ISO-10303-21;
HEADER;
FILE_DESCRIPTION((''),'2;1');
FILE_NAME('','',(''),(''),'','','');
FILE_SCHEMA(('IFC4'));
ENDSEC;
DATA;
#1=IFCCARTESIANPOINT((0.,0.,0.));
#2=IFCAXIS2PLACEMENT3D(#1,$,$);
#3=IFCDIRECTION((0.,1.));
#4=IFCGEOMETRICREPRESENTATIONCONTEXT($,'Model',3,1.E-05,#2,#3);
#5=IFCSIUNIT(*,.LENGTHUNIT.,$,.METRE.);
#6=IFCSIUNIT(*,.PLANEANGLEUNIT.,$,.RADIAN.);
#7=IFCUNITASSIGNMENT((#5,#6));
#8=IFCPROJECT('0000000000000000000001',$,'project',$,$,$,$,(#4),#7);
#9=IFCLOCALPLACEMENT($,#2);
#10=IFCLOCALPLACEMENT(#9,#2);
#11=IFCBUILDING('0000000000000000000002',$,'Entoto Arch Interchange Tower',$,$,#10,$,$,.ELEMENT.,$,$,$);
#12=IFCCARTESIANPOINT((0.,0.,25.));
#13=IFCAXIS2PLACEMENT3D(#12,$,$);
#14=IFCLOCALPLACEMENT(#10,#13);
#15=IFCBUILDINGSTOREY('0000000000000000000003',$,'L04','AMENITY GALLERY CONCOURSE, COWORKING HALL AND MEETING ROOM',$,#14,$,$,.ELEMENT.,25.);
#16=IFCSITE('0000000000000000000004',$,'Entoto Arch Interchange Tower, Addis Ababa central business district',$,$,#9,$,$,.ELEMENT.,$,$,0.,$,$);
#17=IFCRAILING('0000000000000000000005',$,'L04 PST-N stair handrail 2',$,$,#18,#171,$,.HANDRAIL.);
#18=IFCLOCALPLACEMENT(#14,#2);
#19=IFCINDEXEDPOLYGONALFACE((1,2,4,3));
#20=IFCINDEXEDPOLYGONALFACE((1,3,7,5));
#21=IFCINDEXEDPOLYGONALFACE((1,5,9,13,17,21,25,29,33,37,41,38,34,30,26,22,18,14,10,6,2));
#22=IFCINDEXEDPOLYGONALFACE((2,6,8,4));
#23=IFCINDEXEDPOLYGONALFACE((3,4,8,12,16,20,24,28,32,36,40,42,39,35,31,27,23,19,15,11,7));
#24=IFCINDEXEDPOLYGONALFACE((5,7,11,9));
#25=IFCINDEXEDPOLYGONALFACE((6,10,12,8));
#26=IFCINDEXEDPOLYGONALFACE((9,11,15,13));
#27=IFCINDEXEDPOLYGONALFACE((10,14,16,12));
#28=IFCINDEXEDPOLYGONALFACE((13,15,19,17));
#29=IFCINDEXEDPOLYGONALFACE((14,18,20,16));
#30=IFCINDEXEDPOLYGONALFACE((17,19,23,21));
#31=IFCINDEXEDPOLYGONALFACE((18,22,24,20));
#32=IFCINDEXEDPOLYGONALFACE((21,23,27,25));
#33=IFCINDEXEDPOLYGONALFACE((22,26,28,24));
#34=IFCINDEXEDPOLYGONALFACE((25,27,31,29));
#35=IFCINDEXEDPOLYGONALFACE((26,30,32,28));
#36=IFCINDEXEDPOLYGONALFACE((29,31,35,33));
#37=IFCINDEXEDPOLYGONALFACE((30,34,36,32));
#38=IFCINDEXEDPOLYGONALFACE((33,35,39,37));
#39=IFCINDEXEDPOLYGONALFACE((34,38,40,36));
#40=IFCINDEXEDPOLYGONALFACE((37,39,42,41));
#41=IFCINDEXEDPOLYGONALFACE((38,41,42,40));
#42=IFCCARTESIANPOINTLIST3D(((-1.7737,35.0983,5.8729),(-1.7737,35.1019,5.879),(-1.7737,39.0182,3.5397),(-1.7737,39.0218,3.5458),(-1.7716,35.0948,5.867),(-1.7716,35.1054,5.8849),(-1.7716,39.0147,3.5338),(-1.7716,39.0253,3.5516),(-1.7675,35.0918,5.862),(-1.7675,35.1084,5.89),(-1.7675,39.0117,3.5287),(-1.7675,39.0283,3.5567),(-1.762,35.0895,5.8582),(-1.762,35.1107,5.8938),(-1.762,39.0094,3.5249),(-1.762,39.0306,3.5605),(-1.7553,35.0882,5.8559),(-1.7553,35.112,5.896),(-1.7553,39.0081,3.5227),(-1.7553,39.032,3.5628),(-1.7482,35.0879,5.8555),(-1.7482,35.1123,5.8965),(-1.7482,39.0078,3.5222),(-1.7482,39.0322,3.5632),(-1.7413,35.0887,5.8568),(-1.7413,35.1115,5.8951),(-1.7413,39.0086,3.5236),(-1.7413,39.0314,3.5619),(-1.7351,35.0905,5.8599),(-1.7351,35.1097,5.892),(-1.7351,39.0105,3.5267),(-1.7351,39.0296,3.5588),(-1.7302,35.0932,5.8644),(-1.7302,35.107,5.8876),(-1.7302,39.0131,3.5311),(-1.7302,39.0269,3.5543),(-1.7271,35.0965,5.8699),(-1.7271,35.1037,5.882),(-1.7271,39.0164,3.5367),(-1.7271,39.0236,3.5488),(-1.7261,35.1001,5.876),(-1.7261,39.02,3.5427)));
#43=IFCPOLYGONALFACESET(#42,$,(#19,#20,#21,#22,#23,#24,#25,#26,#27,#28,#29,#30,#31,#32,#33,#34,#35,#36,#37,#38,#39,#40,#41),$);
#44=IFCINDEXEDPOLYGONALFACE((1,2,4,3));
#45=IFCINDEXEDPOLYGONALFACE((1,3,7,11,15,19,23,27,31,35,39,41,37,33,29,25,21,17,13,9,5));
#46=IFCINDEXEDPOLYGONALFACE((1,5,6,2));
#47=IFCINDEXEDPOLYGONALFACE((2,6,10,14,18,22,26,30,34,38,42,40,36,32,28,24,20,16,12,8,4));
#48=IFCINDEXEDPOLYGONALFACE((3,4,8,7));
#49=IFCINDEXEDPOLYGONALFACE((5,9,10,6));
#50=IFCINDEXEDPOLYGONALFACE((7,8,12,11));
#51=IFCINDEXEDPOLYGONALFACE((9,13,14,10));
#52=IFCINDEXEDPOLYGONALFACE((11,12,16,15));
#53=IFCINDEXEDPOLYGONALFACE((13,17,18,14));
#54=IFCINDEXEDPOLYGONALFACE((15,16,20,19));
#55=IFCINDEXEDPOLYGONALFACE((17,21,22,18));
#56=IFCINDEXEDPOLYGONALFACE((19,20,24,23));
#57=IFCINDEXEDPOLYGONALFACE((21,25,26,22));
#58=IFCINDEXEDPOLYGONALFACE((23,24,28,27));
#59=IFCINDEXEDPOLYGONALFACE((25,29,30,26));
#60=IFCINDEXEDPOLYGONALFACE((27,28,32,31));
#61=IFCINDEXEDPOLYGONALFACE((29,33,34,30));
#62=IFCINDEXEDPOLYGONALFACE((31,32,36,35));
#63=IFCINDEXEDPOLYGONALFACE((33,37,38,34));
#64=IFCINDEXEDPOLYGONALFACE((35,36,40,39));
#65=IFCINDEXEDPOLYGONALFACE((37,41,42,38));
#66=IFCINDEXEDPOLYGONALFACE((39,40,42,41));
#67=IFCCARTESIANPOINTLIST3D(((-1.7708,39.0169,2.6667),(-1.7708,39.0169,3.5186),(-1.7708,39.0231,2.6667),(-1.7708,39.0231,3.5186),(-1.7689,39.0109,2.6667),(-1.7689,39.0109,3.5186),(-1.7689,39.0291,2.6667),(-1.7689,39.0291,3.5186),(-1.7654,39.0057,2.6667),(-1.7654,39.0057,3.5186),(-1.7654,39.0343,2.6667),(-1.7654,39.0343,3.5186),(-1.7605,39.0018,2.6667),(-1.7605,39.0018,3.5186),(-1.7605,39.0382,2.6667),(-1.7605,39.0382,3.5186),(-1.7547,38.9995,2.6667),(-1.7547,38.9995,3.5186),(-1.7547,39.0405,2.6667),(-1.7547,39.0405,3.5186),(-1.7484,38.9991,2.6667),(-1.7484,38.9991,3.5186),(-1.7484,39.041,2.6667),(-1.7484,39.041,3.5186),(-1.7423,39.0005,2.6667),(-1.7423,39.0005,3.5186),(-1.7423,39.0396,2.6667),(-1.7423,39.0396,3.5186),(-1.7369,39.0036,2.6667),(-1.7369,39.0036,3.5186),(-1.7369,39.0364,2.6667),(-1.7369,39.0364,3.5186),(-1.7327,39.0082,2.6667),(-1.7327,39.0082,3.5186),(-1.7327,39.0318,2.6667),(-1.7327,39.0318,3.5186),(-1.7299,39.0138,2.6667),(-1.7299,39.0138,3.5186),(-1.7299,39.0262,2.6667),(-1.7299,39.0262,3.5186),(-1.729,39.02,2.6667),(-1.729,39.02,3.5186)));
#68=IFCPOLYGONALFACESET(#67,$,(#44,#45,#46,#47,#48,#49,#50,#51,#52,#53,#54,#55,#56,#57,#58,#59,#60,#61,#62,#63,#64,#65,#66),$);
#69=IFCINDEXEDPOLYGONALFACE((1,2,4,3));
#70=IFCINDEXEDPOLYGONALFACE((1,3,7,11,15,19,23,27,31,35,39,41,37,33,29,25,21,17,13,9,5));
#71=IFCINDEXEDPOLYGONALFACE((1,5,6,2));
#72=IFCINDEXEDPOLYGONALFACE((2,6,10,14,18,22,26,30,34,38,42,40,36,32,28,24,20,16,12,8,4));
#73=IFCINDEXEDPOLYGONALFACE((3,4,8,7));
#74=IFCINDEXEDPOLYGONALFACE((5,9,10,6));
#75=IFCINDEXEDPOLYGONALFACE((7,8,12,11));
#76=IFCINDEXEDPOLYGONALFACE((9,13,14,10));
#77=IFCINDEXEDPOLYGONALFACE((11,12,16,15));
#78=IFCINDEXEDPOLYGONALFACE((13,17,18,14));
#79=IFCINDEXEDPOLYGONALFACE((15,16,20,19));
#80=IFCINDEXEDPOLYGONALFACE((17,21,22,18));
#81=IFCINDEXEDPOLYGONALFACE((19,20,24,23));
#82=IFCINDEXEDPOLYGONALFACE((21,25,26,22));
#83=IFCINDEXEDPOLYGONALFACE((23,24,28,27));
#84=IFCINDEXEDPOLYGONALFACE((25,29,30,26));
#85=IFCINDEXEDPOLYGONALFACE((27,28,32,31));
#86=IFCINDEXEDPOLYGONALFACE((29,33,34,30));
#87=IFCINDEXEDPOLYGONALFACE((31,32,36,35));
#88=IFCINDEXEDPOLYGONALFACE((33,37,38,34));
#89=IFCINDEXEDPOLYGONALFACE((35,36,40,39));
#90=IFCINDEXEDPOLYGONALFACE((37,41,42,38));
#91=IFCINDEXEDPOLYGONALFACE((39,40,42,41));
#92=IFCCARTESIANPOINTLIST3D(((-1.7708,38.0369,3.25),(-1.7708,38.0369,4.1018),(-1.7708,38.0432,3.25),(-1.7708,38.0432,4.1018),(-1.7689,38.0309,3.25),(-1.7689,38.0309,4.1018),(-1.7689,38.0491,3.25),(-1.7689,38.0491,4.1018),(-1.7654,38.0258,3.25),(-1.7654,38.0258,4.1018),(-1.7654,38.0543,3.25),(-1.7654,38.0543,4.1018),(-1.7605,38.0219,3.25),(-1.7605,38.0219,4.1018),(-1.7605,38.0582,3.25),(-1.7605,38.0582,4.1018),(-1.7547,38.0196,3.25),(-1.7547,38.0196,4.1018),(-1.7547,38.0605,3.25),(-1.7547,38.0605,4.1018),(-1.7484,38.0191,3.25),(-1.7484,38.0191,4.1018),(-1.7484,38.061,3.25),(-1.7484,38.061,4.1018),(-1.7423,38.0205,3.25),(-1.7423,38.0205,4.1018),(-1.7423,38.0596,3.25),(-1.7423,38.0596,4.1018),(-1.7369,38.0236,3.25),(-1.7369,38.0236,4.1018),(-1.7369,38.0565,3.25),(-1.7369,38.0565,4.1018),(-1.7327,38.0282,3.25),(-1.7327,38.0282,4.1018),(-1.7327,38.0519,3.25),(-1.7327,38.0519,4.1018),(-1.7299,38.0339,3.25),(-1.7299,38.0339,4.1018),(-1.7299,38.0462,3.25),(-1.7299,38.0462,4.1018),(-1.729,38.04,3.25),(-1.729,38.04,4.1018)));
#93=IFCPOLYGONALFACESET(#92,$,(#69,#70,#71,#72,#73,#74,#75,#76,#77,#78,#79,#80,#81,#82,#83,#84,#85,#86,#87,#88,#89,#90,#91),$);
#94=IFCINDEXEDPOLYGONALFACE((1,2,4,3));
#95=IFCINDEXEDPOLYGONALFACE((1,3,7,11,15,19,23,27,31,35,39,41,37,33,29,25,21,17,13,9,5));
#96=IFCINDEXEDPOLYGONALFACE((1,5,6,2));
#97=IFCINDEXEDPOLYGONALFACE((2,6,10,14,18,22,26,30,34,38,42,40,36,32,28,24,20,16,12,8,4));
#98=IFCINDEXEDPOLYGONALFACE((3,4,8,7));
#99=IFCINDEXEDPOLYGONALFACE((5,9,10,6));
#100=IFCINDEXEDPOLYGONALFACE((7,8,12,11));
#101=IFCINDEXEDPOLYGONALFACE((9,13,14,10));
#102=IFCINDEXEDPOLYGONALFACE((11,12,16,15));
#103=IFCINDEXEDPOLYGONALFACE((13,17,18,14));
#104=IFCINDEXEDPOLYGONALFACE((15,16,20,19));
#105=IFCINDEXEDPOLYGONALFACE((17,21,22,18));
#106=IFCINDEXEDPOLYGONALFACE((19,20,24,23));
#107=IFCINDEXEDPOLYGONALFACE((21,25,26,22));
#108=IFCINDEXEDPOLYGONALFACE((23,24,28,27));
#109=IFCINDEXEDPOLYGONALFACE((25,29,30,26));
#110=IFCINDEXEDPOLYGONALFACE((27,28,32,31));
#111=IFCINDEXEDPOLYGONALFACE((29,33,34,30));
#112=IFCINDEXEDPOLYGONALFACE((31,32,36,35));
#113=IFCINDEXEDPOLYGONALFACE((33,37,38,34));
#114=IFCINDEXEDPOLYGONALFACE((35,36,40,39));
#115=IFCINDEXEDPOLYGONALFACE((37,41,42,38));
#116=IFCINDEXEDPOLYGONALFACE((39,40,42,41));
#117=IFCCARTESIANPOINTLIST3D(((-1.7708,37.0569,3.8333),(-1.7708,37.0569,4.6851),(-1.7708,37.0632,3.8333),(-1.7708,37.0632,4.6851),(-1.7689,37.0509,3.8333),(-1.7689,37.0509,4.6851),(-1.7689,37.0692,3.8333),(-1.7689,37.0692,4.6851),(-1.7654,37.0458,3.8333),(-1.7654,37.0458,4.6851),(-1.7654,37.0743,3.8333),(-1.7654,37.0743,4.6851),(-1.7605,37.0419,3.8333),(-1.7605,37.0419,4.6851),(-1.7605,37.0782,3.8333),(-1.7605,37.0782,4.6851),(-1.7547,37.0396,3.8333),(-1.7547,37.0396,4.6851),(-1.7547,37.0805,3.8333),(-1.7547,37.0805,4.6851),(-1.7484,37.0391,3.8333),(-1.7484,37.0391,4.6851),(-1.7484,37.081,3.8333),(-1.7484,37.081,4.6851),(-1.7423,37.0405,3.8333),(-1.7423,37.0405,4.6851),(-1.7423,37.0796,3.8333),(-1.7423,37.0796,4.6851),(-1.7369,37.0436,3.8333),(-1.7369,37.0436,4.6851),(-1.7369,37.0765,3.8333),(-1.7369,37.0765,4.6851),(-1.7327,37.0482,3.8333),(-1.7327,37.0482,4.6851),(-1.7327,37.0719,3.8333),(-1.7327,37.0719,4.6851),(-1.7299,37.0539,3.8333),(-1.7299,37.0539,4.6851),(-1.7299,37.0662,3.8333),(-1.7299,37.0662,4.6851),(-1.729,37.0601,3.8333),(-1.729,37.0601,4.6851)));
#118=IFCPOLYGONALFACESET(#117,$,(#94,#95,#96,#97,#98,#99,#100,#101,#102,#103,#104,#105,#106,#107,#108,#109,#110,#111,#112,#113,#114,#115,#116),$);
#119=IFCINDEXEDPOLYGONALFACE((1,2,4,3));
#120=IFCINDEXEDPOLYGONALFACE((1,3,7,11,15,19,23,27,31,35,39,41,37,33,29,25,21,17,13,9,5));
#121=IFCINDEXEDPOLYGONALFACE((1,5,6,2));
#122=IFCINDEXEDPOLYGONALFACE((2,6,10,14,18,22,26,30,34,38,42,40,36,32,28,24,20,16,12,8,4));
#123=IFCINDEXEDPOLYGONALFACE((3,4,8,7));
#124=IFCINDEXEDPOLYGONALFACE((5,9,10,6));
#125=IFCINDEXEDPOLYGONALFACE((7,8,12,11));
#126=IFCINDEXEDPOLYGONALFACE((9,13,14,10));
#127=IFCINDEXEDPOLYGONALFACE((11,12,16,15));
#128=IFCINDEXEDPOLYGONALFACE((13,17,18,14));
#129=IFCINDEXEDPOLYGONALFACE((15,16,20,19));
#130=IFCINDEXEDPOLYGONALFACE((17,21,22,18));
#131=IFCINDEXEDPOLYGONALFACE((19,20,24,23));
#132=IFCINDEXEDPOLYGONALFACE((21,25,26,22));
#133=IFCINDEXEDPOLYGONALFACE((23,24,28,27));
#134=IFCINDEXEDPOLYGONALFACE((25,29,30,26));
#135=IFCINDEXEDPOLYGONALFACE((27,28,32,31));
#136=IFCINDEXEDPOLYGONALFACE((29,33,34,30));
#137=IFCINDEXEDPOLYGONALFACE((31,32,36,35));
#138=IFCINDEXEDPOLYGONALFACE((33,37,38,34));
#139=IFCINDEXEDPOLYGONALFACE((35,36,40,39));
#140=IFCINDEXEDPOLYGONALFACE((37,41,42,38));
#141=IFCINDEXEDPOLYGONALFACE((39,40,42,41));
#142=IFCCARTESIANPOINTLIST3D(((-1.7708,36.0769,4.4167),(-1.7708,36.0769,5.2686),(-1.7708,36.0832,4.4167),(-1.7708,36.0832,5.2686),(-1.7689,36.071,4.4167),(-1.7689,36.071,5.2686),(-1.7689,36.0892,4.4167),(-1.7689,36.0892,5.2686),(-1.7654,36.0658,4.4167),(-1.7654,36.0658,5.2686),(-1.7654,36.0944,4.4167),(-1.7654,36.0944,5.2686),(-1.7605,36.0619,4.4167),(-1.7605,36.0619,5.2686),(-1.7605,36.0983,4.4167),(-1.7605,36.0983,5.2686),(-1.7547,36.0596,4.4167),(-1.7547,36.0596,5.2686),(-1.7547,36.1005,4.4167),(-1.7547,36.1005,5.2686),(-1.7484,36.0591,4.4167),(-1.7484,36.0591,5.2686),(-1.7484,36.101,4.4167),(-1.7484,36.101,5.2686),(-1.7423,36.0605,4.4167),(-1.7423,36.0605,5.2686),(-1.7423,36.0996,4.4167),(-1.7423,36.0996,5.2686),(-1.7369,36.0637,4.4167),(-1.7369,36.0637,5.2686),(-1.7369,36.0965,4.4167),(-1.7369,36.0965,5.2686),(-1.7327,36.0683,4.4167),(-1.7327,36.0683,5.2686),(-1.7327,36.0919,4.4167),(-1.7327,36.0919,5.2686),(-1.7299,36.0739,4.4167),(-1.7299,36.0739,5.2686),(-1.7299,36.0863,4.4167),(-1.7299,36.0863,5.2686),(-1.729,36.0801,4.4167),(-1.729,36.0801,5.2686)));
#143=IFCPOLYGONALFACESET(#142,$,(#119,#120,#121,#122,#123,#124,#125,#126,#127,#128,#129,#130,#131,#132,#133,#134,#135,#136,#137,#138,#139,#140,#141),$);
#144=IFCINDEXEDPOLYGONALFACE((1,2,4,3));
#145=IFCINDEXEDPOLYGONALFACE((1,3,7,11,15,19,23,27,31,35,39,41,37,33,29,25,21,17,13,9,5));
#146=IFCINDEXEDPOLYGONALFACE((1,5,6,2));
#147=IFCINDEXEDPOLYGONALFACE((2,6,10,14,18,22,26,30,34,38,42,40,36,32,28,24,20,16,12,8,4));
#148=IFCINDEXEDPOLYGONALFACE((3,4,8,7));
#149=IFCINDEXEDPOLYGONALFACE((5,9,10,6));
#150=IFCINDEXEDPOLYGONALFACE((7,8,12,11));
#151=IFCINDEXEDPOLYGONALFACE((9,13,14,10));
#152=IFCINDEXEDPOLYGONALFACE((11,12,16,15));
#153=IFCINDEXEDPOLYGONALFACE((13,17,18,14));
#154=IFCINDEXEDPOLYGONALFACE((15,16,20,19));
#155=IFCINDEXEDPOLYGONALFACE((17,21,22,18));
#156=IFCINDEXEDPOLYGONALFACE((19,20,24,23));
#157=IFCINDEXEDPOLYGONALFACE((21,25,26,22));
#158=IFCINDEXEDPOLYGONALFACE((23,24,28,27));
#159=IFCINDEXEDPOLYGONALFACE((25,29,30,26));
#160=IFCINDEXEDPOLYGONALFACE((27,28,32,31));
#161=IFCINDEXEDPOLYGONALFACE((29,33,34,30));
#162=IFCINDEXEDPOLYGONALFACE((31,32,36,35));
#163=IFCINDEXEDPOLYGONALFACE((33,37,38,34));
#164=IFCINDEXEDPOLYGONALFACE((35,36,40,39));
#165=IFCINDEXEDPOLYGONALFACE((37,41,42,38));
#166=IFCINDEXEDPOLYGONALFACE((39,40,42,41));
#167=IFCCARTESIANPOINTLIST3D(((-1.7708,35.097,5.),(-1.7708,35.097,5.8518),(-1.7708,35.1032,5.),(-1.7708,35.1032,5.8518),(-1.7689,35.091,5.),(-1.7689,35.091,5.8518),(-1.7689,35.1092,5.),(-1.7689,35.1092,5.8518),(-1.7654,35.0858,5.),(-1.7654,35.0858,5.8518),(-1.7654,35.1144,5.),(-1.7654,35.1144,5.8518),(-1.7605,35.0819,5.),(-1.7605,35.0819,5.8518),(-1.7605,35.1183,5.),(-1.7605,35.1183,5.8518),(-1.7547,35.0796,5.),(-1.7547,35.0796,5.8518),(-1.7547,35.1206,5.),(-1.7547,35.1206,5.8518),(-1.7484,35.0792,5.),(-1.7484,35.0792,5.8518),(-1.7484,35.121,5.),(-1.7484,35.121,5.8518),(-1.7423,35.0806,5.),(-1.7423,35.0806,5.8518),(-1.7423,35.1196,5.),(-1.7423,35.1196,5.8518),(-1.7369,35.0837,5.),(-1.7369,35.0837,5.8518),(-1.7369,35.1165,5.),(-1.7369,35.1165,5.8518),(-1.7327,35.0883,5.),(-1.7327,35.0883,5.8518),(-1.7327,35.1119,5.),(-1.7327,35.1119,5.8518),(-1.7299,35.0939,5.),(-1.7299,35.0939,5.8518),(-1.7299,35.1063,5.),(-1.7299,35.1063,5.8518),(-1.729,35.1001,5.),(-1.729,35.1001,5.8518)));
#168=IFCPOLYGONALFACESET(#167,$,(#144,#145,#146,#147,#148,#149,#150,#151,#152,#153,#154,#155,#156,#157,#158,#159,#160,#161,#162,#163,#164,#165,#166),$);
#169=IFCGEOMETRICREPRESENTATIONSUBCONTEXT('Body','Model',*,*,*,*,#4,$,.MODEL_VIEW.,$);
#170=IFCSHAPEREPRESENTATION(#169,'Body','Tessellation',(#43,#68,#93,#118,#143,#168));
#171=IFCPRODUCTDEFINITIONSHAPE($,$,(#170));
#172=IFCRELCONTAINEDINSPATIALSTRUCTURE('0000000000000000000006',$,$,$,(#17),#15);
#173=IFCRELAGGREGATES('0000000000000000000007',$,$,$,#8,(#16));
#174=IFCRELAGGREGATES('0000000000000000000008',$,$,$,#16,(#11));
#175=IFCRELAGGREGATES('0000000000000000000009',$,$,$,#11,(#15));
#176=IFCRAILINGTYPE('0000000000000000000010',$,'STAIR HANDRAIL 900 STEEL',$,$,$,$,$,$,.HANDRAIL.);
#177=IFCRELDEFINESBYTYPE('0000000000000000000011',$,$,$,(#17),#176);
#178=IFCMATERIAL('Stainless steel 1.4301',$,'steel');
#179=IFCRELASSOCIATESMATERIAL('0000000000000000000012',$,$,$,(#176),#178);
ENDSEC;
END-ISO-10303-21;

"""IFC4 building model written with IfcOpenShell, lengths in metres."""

from ifc_helpers import new_model, si_unit, direction, frame, origin, origin_2d, place, context, subcontext, project, spatial, circle, extrude, material, type_object, element, save


model = new_model("IFC4")

# Units and contexts
model_context = context("Model", 3, precision=1e-05, world=origin(), true_north=direction((0.0, 1.0)))
body_context = subcontext(model_context, "Body", "Model", "MODEL_VIEW")
ifc_project = project(units=[si_unit("LENGTHUNIT", "METRE"), si_unit("PLANEANGLEUNIT", "RADIAN")], contexts=[model_context])

# Site, building, storey
site_placement = place(None, origin())
site = spatial("IfcSite", under=ifc_project, at=site_placement, Name="Entoto Arch Interchange Tower, Addis Ababa central business district", CompositionType="ELEMENT", RefElevation=0.0)
building_placement = place(site_placement, origin())
building = spatial("IfcBuilding", under=site, at=building_placement, Name="Entoto Arch Interchange Tower", CompositionType="ELEMENT")
storey_placement = place(building_placement, frame((0.0, 0.0, 25.0)))
storey = spatial("IfcBuildingStorey", under=building, at=storey_placement, Name="L04", Description="AMENITY GALLERY CONCOURSE, COWORKING HALL AND MEETING ROOM", CompositionType="ELEMENT", Elevation=25.0)

# Railing
ifc_material_1 = material(Name="Stainless steel 1.4301", Category="steel")
railing_type_1 = type_object("IfcRailingType", Name="STAIR HANDRAIL 900 STEEL", PredefinedType="HANDRAIL", material=ifc_material_1)
railing_1_placement = place(storey_placement, frame((-1.75, 39.02, 2.6667)))
element("IfcRailing", 1, at=railing_1_placement, inside=storey, type_object=railing_type_1, Name="L04 PST-N stair handrail 2", PredefinedType="HANDRAIL", context=body_context, shape_type="SweptSolid", body=[
    extrude(circle(Radius=0.0239, at=origin_2d()), frame((0.0, 0.0, 0.876), z_axis=(0.0, -0.859296, 0.511478), x_axis=(1.0, 0.0, 0.0)), (0.0, 0.0, 1.0), 4.5618),
    extrude(circle(Radius=0.021, at=origin_2d()), origin(), (0.0, 0.0, 1.0), 0.8518),
    extrude(circle(Radius=0.021, at=origin_2d()), frame((0.0, -0.98, 0.5833)), (0.0, 0.0, 1.0), 0.8518),
    extrude(circle(Radius=0.021, at=origin_2d()), frame((0.0, -1.96, 1.1665)), (0.0, 0.0, 1.0), 0.8518),
    extrude(circle(Radius=0.021, at=origin_2d()), frame((0.0, -2.9399, 1.75)), (0.0, 0.0, 1.0), 0.8518),
    extrude(circle(Radius=0.021, at=origin_2d()), frame((0.0, -3.9199, 2.3333)), (0.0, 0.0, 1.0), 0.8518),
])

save(model, "model.ifc")
